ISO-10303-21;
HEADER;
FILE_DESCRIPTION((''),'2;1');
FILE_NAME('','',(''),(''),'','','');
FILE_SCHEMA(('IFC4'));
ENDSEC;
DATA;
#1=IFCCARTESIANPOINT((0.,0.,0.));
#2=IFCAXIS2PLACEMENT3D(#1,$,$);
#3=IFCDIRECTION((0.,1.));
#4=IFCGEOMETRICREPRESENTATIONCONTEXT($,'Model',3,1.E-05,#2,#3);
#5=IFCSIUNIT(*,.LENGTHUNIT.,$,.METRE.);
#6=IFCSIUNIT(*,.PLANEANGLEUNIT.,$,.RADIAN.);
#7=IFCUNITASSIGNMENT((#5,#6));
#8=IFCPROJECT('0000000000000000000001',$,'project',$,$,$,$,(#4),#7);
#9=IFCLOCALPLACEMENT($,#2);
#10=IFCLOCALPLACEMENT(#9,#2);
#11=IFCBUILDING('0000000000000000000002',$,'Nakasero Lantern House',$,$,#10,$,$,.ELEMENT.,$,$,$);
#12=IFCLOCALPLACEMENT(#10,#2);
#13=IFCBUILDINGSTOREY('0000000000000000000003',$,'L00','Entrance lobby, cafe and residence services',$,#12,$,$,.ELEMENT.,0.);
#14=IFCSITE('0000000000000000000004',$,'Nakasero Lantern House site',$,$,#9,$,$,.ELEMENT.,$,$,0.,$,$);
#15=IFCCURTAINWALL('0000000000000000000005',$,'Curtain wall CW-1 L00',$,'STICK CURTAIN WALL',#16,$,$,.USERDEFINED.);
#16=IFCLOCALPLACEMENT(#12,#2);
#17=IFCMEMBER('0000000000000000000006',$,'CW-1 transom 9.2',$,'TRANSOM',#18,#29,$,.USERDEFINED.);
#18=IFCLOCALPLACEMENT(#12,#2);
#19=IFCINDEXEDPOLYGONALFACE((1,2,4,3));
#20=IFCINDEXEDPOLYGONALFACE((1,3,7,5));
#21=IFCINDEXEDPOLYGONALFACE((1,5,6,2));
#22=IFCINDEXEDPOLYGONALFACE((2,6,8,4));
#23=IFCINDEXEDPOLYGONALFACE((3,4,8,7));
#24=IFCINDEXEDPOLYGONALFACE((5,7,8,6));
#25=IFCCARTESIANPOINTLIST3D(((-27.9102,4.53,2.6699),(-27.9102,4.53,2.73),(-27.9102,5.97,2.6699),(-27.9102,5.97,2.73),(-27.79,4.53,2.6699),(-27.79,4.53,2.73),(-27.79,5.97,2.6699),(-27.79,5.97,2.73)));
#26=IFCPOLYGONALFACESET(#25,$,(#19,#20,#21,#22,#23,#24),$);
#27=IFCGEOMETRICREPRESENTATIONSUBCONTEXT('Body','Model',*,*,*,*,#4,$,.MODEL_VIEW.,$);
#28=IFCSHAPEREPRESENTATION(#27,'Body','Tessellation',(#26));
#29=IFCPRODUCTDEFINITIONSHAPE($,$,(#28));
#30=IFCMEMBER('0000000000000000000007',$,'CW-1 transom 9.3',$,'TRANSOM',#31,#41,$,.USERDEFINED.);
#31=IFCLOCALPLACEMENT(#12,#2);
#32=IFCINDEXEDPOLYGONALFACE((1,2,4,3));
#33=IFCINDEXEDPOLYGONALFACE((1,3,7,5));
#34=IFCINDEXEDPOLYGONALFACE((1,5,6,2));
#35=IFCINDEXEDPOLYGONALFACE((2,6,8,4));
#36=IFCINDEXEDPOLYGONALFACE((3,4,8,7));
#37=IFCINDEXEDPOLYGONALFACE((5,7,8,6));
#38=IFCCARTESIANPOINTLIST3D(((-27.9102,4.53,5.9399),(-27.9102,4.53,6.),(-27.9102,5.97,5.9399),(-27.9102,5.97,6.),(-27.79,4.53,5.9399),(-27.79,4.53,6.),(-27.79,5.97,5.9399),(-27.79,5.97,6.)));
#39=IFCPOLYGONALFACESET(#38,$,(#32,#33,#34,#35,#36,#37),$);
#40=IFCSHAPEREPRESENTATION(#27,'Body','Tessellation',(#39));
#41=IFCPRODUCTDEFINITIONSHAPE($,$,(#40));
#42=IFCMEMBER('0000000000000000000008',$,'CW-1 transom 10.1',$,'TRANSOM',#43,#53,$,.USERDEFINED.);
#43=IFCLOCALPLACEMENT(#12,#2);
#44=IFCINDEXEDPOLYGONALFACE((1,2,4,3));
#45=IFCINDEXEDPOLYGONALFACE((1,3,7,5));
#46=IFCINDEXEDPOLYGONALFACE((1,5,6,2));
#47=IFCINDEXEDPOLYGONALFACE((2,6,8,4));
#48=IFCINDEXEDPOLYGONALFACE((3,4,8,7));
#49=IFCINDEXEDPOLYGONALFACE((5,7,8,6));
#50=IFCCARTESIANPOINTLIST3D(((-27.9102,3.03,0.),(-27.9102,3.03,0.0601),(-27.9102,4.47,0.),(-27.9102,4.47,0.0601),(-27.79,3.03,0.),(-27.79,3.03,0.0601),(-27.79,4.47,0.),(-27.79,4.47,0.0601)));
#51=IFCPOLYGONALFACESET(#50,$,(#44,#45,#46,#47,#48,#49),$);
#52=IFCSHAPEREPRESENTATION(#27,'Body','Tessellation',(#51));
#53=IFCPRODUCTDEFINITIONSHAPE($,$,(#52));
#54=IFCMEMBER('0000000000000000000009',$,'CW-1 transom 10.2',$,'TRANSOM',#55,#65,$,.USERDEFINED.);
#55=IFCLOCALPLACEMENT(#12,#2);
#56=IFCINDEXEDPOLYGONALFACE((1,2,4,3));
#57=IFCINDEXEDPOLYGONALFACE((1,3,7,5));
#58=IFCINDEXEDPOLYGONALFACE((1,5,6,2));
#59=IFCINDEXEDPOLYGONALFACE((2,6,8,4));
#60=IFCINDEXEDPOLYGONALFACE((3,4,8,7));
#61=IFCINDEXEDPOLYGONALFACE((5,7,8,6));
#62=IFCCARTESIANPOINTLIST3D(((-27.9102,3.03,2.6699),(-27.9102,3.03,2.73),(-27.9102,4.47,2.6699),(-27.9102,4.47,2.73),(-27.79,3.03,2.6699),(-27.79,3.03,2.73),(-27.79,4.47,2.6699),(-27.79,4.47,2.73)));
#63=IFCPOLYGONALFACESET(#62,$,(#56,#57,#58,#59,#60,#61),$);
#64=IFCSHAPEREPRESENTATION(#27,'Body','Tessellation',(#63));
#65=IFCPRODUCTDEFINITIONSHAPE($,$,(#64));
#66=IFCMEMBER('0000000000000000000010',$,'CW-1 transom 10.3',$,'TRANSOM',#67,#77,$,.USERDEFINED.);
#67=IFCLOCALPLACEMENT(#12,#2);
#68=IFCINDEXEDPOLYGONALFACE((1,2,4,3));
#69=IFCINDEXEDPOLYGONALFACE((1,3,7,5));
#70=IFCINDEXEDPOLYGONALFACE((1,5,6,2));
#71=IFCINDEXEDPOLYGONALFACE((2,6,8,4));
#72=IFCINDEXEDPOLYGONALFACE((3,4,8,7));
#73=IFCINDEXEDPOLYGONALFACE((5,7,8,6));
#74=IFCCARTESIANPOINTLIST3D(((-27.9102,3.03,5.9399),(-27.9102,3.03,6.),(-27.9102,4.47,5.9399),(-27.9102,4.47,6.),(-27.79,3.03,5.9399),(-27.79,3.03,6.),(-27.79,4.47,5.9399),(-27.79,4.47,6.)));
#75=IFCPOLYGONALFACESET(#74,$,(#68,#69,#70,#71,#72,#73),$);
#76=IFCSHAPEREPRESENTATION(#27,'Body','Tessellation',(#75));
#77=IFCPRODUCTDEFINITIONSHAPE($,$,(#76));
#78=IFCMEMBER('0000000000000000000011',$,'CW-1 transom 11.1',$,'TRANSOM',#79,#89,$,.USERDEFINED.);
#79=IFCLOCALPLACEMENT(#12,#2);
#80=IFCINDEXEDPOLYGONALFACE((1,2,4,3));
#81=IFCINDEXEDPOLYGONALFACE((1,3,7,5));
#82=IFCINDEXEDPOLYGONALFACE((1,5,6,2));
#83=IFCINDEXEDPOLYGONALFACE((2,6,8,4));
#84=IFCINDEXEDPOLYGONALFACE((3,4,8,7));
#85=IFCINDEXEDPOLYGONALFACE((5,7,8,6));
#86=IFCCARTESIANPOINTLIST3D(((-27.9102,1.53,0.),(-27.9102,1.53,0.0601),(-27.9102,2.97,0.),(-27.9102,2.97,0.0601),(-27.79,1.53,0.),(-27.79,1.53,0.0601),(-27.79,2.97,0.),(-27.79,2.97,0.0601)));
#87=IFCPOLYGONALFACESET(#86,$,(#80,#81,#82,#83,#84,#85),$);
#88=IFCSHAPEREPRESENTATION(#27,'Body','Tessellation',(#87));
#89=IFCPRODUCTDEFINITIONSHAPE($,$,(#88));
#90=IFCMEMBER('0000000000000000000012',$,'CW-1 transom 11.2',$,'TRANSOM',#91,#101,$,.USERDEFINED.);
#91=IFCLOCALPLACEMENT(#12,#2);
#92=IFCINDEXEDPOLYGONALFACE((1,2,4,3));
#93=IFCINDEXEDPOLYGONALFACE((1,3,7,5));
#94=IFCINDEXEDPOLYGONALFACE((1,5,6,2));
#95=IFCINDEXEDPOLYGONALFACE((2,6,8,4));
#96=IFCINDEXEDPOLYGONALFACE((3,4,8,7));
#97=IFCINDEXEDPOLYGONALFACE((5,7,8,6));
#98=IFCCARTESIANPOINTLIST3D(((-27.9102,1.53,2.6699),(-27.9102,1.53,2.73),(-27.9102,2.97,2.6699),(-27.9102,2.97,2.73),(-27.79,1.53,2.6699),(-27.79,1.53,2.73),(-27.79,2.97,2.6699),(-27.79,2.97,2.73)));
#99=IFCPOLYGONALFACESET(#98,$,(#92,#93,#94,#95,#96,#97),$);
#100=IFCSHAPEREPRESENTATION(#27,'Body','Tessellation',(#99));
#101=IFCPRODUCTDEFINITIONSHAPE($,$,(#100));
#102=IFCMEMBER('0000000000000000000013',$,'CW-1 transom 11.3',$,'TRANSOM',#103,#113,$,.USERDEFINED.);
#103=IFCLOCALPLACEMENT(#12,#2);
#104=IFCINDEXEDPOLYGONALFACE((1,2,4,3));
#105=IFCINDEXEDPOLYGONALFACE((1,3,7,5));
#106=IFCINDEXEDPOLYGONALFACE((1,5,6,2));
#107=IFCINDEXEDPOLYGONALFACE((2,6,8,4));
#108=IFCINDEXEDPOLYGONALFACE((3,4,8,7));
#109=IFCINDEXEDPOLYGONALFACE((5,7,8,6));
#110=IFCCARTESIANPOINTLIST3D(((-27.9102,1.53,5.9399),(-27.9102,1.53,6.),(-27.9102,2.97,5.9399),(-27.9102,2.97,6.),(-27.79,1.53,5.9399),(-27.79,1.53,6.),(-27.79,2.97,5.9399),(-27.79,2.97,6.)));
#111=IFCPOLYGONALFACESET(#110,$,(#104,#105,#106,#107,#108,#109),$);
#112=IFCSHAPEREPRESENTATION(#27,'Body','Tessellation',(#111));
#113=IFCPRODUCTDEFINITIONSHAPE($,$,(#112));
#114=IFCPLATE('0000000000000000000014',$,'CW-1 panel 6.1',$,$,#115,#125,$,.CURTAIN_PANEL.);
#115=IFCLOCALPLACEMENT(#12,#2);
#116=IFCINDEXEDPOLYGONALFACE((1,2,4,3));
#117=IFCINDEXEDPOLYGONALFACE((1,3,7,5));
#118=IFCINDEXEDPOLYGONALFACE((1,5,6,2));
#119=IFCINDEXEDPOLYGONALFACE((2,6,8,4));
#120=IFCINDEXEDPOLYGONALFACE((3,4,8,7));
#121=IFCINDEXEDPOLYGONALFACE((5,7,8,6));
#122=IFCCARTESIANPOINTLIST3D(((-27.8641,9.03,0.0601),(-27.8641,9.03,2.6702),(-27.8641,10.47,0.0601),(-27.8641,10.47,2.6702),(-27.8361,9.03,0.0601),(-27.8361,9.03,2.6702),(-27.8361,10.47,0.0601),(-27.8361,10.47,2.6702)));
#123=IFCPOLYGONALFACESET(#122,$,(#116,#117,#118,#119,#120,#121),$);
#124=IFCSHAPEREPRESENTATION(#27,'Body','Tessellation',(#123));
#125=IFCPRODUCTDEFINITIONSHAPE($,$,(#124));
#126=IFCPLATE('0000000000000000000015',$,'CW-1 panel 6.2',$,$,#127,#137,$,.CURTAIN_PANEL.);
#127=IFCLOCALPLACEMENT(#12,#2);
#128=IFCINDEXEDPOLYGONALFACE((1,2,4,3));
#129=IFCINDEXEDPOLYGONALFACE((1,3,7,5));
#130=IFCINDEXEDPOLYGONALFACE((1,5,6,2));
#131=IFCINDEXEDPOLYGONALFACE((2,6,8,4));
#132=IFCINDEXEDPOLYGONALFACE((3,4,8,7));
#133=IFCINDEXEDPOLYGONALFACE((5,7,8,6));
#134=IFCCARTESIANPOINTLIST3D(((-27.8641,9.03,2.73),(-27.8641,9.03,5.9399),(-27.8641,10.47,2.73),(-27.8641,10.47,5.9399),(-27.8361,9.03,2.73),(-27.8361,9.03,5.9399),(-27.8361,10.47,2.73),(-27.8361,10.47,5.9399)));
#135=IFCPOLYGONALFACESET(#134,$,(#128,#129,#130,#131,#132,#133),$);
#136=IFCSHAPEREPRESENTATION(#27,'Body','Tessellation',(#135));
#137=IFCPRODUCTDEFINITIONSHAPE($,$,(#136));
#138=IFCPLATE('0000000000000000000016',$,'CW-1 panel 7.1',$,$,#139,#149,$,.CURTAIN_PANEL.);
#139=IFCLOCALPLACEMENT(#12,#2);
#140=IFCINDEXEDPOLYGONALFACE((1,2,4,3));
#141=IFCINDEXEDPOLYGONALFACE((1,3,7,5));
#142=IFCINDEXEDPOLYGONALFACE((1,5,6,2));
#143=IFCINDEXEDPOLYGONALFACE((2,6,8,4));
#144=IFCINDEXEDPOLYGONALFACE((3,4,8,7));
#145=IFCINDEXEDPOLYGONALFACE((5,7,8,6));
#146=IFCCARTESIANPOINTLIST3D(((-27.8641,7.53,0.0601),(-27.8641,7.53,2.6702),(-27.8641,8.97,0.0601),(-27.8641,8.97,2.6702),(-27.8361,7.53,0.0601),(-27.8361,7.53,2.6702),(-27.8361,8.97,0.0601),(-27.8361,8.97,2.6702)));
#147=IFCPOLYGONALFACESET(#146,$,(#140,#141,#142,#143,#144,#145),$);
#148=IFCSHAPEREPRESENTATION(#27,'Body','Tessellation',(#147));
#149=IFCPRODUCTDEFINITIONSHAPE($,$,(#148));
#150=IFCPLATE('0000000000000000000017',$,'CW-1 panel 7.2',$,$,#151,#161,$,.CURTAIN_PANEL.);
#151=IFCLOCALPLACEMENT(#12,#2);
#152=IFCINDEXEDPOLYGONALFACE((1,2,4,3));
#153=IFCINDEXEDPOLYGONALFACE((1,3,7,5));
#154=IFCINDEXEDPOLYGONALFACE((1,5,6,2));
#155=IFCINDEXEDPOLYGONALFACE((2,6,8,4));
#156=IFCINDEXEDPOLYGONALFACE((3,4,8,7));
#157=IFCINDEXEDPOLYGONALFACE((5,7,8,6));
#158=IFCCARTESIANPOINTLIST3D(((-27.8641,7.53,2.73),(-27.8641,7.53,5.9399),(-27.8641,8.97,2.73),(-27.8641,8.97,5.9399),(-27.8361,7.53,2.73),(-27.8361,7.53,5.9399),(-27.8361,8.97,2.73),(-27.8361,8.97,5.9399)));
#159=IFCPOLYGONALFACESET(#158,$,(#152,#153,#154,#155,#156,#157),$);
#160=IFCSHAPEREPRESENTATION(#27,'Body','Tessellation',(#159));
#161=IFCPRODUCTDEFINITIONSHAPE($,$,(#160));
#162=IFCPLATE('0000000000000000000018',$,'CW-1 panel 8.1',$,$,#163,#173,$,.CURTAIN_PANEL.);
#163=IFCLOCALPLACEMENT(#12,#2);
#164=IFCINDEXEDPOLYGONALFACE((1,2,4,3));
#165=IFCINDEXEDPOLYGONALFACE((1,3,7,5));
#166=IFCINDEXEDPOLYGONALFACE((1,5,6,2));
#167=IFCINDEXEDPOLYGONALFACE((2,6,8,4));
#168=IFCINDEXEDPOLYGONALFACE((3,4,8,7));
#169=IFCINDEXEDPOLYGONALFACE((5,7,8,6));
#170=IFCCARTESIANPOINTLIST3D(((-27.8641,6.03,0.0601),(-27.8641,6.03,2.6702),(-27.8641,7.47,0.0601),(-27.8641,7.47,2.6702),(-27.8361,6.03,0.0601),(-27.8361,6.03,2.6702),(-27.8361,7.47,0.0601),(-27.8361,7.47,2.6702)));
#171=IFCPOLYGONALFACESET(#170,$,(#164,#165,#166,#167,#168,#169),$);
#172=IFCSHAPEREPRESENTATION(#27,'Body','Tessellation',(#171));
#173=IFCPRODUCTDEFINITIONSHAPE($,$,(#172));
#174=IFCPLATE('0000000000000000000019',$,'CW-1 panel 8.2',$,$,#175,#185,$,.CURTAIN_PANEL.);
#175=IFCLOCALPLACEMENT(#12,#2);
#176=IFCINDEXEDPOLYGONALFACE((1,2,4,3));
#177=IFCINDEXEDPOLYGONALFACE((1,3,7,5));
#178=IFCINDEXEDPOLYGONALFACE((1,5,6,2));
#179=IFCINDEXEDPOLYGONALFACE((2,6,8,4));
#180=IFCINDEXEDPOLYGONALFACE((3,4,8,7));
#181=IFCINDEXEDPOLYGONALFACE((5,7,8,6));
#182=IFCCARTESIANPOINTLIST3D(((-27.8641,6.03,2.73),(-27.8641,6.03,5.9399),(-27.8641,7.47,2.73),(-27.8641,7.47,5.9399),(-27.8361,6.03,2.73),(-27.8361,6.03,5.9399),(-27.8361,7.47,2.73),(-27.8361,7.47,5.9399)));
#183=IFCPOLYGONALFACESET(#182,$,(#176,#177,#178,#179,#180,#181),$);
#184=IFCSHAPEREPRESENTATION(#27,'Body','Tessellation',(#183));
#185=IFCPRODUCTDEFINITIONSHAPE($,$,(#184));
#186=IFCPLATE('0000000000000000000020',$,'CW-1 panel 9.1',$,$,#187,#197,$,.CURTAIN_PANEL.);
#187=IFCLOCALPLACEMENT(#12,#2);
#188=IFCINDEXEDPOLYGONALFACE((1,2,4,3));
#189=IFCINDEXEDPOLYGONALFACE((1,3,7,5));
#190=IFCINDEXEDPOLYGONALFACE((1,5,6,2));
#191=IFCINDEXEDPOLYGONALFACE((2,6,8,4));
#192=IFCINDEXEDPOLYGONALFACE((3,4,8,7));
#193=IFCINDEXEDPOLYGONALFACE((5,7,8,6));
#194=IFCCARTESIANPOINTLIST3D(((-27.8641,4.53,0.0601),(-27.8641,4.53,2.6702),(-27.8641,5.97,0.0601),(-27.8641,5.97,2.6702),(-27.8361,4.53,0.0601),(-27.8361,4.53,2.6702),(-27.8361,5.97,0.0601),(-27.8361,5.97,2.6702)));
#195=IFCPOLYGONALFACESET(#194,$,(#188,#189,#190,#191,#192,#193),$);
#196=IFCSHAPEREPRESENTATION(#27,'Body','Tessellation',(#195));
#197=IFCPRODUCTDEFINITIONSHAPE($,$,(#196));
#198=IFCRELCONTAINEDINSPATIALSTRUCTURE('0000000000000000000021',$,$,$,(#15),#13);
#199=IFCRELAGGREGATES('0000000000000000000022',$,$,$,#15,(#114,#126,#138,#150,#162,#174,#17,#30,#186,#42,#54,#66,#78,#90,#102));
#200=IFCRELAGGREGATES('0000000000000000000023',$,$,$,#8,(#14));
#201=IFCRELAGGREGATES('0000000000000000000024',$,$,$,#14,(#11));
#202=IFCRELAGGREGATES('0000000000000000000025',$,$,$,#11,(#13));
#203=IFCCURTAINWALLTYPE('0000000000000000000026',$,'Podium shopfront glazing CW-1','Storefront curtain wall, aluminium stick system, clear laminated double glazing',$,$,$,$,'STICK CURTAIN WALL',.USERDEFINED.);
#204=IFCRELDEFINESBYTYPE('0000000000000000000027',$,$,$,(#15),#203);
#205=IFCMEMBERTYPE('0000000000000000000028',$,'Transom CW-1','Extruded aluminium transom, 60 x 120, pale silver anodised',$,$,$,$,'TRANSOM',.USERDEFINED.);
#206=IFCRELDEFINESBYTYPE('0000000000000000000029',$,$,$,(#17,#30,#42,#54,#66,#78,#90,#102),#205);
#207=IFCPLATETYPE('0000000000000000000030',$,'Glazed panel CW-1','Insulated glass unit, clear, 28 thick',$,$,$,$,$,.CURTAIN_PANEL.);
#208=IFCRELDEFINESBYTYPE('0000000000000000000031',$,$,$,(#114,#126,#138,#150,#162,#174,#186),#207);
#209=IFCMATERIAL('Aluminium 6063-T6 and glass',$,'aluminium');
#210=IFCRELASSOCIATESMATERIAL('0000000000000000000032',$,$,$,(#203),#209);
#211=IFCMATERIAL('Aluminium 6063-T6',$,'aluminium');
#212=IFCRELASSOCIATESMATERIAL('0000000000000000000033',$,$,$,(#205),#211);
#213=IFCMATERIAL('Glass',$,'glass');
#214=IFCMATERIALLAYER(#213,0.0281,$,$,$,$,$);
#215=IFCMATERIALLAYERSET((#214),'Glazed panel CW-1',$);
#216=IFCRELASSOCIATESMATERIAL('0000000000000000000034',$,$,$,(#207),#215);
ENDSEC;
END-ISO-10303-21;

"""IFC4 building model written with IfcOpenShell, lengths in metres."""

from ifc_helpers import new_model, si_unit, direction, frame, origin, origin_2d, place, context, subcontext, project, spatial, rectangle, extrude, material, layer, layer_set, material_profile, profile_set, type_object, element, aggregate, save


model = new_model("IFC4")

# Units and contexts
model_context = context("Model", 3, precision=1e-05, world=origin(), true_north=direction((0.0, 1.0)))
body_context = subcontext(model_context, "Body", "Model", "MODEL_VIEW")
ifc_project = project(units=[si_unit("LENGTHUNIT", "METRE"), si_unit("PLANEANGLEUNIT", "RADIAN")], contexts=[model_context])

# Site, building, storey
site_placement = place(None, origin())
site = spatial("IfcSite", under=ifc_project, at=site_placement, Name="Nakasero Lantern House site", CompositionType="ELEMENT", RefElevation=0.0)
building_placement = place(site_placement, origin())
building = spatial("IfcBuilding", under=site, at=building_placement, Name="Nakasero Lantern House", CompositionType="ELEMENT")
storey_placement = place(building_placement, origin())
storey = spatial("IfcBuildingStorey", under=building, at=storey_placement, Name="L00", Description="Entrance lobby, cafe and residence services", CompositionType="ELEMENT", Elevation=0.0)

# Curtain wall, members, plates
ifc_material_1 = material(Name="Aluminium 6063-T6 and glass", Category="aluminium")
curtain_wall_type = type_object("IfcCurtainWallType", Name="Podium shopfront glazing CW-1", Description="Storefront curtain wall, aluminium stick system, clear laminated double glazing", ElementType="STICK CURTAIN WALL", PredefinedType="USERDEFINED", material=ifc_material_1)
curtain_wall_placement = place(storey_placement, origin())
curtain_wall = element("IfcCurtainWall", 1, at=curtain_wall_placement, inside=storey, type_object=curtain_wall_type, Name="Curtain wall CW-1 L00", ObjectType="STICK CURTAIN WALL", PredefinedType="USERDEFINED")
ifc_material_2 = material(Name="Aluminium 6063-T6", Category="aluminium")
ifc_material_profile_1 = material_profile(ifc_material_2, rectangle(XDim=0.0601, YDim=0.1201, at=origin_2d()), Name="CW-1 transom 60x120")
ifc_profile_set_1 = profile_set([ifc_material_profile_1], Name="Aluminium 6063-T6")
member_type_1 = type_object("IfcMemberType", Name="Transom CW-1", Description="Extruded aluminium transom, 60 x 120, pale silver anodised", ElementType="TRANSOM", PredefinedType="USERDEFINED", material=ifc_profile_set_1)
member_1_placement = place(storey_placement, frame((-27.8501, 5.97, 2.7), z_axis=(0.0, -1.0, 0.0), x_axis=(0.0, 0.0, 1.0)))
member_1 = element("IfcMember", 2, at=member_1_placement, type_object=member_type_1, Name="CW-1 transom 9.2", ObjectType="TRANSOM", PredefinedType="USERDEFINED", context=body_context, shape_type="SweptSolid", body=[
    extrude(rectangle(XDim=0.0601, YDim=0.1201, at=origin_2d()), origin(), (0.0, 0.0, 1.0), 1.4399),
])
member_2_placement = place(storey_placement, frame((-27.8501, 5.97, 5.97), z_axis=(0.0, -1.0, 0.0), x_axis=(0.0, 0.0, 1.0)))
member_2 = element("IfcMember", 3, at=member_2_placement, type_object=member_type_1, Name="CW-1 transom 9.3", ObjectType="TRANSOM", PredefinedType="USERDEFINED", context=body_context, shape_type="SweptSolid", body=[
    extrude(rectangle(XDim=0.0601, YDim=0.1201, at=origin_2d()), origin(), (0.0, 0.0, 1.0), 1.4399),
])
member_3_placement = place(storey_placement, frame((-27.8501, 4.47, 0.03), z_axis=(0.0, -1.0, 0.0), x_axis=(0.0, 0.0, 1.0)))
member_3 = element("IfcMember", 4, at=member_3_placement, type_object=member_type_1, Name="CW-1 transom 10.1", ObjectType="TRANSOM", PredefinedType="USERDEFINED", context=body_context, shape_type="SweptSolid", body=[
    extrude(rectangle(XDim=0.0601, YDim=0.1201, at=origin_2d()), origin(), (0.0, 0.0, 1.0), 1.4399),
])
member_4_placement = place(storey_placement, frame((-27.8501, 4.47, 2.7), z_axis=(0.0, -1.0, 0.0), x_axis=(0.0, 0.0, 1.0)))
member_4 = element("IfcMember", 5, at=member_4_placement, type_object=member_type_1, Name="CW-1 transom 10.2", ObjectType="TRANSOM", PredefinedType="USERDEFINED", context=body_context, shape_type="SweptSolid", body=[
    extrude(rectangle(XDim=0.0601, YDim=0.1201, at=origin_2d()), origin(), (0.0, 0.0, 1.0), 1.4399),
])
member_5_placement = place(storey_placement, frame((-27.8501, 4.47, 5.97), z_axis=(0.0, -1.0, 0.0), x_axis=(0.0, 0.0, 1.0)))
member_5 = element("IfcMember", 6, at=member_5_placement, type_object=member_type_1, Name="CW-1 transom 10.3", ObjectType="TRANSOM", PredefinedType="USERDEFINED", context=body_context, shape_type="SweptSolid", body=[
    extrude(rectangle(XDim=0.0601, YDim=0.1201, at=origin_2d()), origin(), (0.0, 0.0, 1.0), 1.4399),
])
member_6_placement = place(storey_placement, frame((-27.8501, 2.97, 0.03), z_axis=(0.0, -1.0, 0.0), x_axis=(0.0, 0.0, 1.0)))
member_6 = element("IfcMember", 7, at=member_6_placement, type_object=member_type_1, Name="CW-1 transom 11.1", ObjectType="TRANSOM", PredefinedType="USERDEFINED", context=body_context, shape_type="SweptSolid", body=[
    extrude(rectangle(XDim=0.0601, YDim=0.1201, at=origin_2d()), origin(), (0.0, 0.0, 1.0), 1.4399),
])
member_7_placement = place(storey_placement, frame((-27.8501, 2.97, 2.7), z_axis=(0.0, -1.0, 0.0), x_axis=(0.0, 0.0, 1.0)))
member_7 = element("IfcMember", 8, at=member_7_placement, type_object=member_type_1, Name="CW-1 transom 11.2", ObjectType="TRANSOM", PredefinedType="USERDEFINED", context=body_context, shape_type="SweptSolid", body=[
    extrude(rectangle(XDim=0.0601, YDim=0.1201, at=origin_2d()), origin(), (0.0, 0.0, 1.0), 1.4399),
])
member_8_placement = place(storey_placement, frame((-27.8501, 2.97, 5.97), z_axis=(0.0, -1.0, 0.0), x_axis=(0.0, 0.0, 1.0)))
member_8 = element("IfcMember", 9, at=member_8_placement, type_object=member_type_1, Name="CW-1 transom 11.3", ObjectType="TRANSOM", PredefinedType="USERDEFINED", context=body_context, shape_type="SweptSolid", body=[
    extrude(rectangle(XDim=0.0601, YDim=0.1201, at=origin_2d()), origin(), (0.0, 0.0, 1.0), 1.4399),
])
ifc_material_3 = material(Name="Glass", Category="glass")
ifc_layer = layer(ifc_material_3, 0.0281)
ifc_layer_set = layer_set([ifc_layer], Name="Glazed panel CW-1")
plate_type = type_object("IfcPlateType", Name="Glazed panel CW-1", Description="Insulated glass unit, clear, 28 thick", PredefinedType="CURTAIN_PANEL", material=ifc_layer_set)
plate_1_placement = place(storey_placement, frame((-27.8501, 9.75, 0.0601), z_axis=(0.0, 0.0, 1.0), x_axis=(0.0, -1.0, 0.0)))
plate_1 = element("IfcPlate", 10, at=plate_1_placement, type_object=plate_type, Name="CW-1 panel 6.1", PredefinedType="CURTAIN_PANEL", context=body_context, shape_type="SweptSolid", body=[
    extrude(rectangle(XDim=1.4399, YDim=0.0281, at=origin_2d()), origin(), (0.0, 0.0, 1.0), 2.6101),
])
plate_2_placement = place(storey_placement, frame((-27.8501, 9.75, 2.73), z_axis=(0.0, 0.0, 1.0), x_axis=(0.0, -1.0, 0.0)))
plate_2 = element("IfcPlate", 11, at=plate_2_placement, type_object=plate_type, Name="CW-1 panel 6.2", PredefinedType="CURTAIN_PANEL", context=body_context, shape_type="SweptSolid", body=[
    extrude(rectangle(XDim=1.4399, YDim=0.0281, at=origin_2d()), origin(), (0.0, 0.0, 1.0), 3.21),
])
plate_3_placement = place(storey_placement, frame((-27.8501, 8.25, 0.0601), z_axis=(0.0, 0.0, 1.0), x_axis=(0.0, -1.0, 0.0)))
plate_3 = element("IfcPlate", 12, at=plate_3_placement, type_object=plate_type, Name="CW-1 panel 7.1", PredefinedType="CURTAIN_PANEL", context=body_context, shape_type="SweptSolid", body=[
    extrude(rectangle(XDim=1.4399, YDim=0.0281, at=origin_2d()), origin(), (0.0, 0.0, 1.0), 2.6101),
])
plate_4_placement = place(storey_placement, frame((-27.8501, 8.25, 2.73), z_axis=(0.0, 0.0, 1.0), x_axis=(0.0, -1.0, 0.0)))
plate_4 = element("IfcPlate", 13, at=plate_4_placement, type_object=plate_type, Name="CW-1 panel 7.2", PredefinedType="CURTAIN_PANEL", context=body_context, shape_type="SweptSolid", body=[
    extrude(rectangle(XDim=1.4399, YDim=0.0281, at=origin_2d()), origin(), (0.0, 0.0, 1.0), 3.21),
])
plate_5_placement = place(storey_placement, frame((-27.8501, 6.75, 0.0601), z_axis=(0.0, 0.0, 1.0), x_axis=(0.0, -1.0, 0.0)))
plate_5 = element("IfcPlate", 14, at=plate_5_placement, type_object=plate_type, Name="CW-1 panel 8.1", PredefinedType="CURTAIN_PANEL", context=body_context, shape_type="SweptSolid", body=[
    extrude(rectangle(XDim=1.4399, YDim=0.0281, at=origin_2d()), origin(), (0.0, 0.0, 1.0), 2.6101),
])
plate_6_placement = place(storey_placement, frame((-27.8501, 6.75, 2.73), z_axis=(0.0, 0.0, 1.0), x_axis=(0.0, -1.0, 0.0)))
plate_6 = element("IfcPlate", 15, at=plate_6_placement, type_object=plate_type, Name="CW-1 panel 8.2", PredefinedType="CURTAIN_PANEL", context=body_context, shape_type="SweptSolid", body=[
    extrude(rectangle(XDim=1.4399, YDim=0.0281, at=origin_2d()), origin(), (0.0, 0.0, 1.0), 3.21),
])
plate_7_placement = place(storey_placement, frame((-27.8501, 5.25, 0.0601), z_axis=(0.0, 0.0, 1.0), x_axis=(0.0, -1.0, 0.0)))
plate_7 = element("IfcPlate", 16, at=plate_7_placement, type_object=plate_type, Name="CW-1 panel 9.1", PredefinedType="CURTAIN_PANEL", context=body_context, shape_type="SweptSolid", body=[
    extrude(rectangle(XDim=1.4399, YDim=0.0281, at=origin_2d()), origin(), (0.0, 0.0, 1.0), 2.6101),
])
aggregate(curtain_wall, [plate_1, plate_2, plate_3, plate_4, plate_5, plate_6, member_1, member_2, plate_7, member_3, member_4, member_5, member_6, member_7, member_8])

save(model, "model.ifc")
